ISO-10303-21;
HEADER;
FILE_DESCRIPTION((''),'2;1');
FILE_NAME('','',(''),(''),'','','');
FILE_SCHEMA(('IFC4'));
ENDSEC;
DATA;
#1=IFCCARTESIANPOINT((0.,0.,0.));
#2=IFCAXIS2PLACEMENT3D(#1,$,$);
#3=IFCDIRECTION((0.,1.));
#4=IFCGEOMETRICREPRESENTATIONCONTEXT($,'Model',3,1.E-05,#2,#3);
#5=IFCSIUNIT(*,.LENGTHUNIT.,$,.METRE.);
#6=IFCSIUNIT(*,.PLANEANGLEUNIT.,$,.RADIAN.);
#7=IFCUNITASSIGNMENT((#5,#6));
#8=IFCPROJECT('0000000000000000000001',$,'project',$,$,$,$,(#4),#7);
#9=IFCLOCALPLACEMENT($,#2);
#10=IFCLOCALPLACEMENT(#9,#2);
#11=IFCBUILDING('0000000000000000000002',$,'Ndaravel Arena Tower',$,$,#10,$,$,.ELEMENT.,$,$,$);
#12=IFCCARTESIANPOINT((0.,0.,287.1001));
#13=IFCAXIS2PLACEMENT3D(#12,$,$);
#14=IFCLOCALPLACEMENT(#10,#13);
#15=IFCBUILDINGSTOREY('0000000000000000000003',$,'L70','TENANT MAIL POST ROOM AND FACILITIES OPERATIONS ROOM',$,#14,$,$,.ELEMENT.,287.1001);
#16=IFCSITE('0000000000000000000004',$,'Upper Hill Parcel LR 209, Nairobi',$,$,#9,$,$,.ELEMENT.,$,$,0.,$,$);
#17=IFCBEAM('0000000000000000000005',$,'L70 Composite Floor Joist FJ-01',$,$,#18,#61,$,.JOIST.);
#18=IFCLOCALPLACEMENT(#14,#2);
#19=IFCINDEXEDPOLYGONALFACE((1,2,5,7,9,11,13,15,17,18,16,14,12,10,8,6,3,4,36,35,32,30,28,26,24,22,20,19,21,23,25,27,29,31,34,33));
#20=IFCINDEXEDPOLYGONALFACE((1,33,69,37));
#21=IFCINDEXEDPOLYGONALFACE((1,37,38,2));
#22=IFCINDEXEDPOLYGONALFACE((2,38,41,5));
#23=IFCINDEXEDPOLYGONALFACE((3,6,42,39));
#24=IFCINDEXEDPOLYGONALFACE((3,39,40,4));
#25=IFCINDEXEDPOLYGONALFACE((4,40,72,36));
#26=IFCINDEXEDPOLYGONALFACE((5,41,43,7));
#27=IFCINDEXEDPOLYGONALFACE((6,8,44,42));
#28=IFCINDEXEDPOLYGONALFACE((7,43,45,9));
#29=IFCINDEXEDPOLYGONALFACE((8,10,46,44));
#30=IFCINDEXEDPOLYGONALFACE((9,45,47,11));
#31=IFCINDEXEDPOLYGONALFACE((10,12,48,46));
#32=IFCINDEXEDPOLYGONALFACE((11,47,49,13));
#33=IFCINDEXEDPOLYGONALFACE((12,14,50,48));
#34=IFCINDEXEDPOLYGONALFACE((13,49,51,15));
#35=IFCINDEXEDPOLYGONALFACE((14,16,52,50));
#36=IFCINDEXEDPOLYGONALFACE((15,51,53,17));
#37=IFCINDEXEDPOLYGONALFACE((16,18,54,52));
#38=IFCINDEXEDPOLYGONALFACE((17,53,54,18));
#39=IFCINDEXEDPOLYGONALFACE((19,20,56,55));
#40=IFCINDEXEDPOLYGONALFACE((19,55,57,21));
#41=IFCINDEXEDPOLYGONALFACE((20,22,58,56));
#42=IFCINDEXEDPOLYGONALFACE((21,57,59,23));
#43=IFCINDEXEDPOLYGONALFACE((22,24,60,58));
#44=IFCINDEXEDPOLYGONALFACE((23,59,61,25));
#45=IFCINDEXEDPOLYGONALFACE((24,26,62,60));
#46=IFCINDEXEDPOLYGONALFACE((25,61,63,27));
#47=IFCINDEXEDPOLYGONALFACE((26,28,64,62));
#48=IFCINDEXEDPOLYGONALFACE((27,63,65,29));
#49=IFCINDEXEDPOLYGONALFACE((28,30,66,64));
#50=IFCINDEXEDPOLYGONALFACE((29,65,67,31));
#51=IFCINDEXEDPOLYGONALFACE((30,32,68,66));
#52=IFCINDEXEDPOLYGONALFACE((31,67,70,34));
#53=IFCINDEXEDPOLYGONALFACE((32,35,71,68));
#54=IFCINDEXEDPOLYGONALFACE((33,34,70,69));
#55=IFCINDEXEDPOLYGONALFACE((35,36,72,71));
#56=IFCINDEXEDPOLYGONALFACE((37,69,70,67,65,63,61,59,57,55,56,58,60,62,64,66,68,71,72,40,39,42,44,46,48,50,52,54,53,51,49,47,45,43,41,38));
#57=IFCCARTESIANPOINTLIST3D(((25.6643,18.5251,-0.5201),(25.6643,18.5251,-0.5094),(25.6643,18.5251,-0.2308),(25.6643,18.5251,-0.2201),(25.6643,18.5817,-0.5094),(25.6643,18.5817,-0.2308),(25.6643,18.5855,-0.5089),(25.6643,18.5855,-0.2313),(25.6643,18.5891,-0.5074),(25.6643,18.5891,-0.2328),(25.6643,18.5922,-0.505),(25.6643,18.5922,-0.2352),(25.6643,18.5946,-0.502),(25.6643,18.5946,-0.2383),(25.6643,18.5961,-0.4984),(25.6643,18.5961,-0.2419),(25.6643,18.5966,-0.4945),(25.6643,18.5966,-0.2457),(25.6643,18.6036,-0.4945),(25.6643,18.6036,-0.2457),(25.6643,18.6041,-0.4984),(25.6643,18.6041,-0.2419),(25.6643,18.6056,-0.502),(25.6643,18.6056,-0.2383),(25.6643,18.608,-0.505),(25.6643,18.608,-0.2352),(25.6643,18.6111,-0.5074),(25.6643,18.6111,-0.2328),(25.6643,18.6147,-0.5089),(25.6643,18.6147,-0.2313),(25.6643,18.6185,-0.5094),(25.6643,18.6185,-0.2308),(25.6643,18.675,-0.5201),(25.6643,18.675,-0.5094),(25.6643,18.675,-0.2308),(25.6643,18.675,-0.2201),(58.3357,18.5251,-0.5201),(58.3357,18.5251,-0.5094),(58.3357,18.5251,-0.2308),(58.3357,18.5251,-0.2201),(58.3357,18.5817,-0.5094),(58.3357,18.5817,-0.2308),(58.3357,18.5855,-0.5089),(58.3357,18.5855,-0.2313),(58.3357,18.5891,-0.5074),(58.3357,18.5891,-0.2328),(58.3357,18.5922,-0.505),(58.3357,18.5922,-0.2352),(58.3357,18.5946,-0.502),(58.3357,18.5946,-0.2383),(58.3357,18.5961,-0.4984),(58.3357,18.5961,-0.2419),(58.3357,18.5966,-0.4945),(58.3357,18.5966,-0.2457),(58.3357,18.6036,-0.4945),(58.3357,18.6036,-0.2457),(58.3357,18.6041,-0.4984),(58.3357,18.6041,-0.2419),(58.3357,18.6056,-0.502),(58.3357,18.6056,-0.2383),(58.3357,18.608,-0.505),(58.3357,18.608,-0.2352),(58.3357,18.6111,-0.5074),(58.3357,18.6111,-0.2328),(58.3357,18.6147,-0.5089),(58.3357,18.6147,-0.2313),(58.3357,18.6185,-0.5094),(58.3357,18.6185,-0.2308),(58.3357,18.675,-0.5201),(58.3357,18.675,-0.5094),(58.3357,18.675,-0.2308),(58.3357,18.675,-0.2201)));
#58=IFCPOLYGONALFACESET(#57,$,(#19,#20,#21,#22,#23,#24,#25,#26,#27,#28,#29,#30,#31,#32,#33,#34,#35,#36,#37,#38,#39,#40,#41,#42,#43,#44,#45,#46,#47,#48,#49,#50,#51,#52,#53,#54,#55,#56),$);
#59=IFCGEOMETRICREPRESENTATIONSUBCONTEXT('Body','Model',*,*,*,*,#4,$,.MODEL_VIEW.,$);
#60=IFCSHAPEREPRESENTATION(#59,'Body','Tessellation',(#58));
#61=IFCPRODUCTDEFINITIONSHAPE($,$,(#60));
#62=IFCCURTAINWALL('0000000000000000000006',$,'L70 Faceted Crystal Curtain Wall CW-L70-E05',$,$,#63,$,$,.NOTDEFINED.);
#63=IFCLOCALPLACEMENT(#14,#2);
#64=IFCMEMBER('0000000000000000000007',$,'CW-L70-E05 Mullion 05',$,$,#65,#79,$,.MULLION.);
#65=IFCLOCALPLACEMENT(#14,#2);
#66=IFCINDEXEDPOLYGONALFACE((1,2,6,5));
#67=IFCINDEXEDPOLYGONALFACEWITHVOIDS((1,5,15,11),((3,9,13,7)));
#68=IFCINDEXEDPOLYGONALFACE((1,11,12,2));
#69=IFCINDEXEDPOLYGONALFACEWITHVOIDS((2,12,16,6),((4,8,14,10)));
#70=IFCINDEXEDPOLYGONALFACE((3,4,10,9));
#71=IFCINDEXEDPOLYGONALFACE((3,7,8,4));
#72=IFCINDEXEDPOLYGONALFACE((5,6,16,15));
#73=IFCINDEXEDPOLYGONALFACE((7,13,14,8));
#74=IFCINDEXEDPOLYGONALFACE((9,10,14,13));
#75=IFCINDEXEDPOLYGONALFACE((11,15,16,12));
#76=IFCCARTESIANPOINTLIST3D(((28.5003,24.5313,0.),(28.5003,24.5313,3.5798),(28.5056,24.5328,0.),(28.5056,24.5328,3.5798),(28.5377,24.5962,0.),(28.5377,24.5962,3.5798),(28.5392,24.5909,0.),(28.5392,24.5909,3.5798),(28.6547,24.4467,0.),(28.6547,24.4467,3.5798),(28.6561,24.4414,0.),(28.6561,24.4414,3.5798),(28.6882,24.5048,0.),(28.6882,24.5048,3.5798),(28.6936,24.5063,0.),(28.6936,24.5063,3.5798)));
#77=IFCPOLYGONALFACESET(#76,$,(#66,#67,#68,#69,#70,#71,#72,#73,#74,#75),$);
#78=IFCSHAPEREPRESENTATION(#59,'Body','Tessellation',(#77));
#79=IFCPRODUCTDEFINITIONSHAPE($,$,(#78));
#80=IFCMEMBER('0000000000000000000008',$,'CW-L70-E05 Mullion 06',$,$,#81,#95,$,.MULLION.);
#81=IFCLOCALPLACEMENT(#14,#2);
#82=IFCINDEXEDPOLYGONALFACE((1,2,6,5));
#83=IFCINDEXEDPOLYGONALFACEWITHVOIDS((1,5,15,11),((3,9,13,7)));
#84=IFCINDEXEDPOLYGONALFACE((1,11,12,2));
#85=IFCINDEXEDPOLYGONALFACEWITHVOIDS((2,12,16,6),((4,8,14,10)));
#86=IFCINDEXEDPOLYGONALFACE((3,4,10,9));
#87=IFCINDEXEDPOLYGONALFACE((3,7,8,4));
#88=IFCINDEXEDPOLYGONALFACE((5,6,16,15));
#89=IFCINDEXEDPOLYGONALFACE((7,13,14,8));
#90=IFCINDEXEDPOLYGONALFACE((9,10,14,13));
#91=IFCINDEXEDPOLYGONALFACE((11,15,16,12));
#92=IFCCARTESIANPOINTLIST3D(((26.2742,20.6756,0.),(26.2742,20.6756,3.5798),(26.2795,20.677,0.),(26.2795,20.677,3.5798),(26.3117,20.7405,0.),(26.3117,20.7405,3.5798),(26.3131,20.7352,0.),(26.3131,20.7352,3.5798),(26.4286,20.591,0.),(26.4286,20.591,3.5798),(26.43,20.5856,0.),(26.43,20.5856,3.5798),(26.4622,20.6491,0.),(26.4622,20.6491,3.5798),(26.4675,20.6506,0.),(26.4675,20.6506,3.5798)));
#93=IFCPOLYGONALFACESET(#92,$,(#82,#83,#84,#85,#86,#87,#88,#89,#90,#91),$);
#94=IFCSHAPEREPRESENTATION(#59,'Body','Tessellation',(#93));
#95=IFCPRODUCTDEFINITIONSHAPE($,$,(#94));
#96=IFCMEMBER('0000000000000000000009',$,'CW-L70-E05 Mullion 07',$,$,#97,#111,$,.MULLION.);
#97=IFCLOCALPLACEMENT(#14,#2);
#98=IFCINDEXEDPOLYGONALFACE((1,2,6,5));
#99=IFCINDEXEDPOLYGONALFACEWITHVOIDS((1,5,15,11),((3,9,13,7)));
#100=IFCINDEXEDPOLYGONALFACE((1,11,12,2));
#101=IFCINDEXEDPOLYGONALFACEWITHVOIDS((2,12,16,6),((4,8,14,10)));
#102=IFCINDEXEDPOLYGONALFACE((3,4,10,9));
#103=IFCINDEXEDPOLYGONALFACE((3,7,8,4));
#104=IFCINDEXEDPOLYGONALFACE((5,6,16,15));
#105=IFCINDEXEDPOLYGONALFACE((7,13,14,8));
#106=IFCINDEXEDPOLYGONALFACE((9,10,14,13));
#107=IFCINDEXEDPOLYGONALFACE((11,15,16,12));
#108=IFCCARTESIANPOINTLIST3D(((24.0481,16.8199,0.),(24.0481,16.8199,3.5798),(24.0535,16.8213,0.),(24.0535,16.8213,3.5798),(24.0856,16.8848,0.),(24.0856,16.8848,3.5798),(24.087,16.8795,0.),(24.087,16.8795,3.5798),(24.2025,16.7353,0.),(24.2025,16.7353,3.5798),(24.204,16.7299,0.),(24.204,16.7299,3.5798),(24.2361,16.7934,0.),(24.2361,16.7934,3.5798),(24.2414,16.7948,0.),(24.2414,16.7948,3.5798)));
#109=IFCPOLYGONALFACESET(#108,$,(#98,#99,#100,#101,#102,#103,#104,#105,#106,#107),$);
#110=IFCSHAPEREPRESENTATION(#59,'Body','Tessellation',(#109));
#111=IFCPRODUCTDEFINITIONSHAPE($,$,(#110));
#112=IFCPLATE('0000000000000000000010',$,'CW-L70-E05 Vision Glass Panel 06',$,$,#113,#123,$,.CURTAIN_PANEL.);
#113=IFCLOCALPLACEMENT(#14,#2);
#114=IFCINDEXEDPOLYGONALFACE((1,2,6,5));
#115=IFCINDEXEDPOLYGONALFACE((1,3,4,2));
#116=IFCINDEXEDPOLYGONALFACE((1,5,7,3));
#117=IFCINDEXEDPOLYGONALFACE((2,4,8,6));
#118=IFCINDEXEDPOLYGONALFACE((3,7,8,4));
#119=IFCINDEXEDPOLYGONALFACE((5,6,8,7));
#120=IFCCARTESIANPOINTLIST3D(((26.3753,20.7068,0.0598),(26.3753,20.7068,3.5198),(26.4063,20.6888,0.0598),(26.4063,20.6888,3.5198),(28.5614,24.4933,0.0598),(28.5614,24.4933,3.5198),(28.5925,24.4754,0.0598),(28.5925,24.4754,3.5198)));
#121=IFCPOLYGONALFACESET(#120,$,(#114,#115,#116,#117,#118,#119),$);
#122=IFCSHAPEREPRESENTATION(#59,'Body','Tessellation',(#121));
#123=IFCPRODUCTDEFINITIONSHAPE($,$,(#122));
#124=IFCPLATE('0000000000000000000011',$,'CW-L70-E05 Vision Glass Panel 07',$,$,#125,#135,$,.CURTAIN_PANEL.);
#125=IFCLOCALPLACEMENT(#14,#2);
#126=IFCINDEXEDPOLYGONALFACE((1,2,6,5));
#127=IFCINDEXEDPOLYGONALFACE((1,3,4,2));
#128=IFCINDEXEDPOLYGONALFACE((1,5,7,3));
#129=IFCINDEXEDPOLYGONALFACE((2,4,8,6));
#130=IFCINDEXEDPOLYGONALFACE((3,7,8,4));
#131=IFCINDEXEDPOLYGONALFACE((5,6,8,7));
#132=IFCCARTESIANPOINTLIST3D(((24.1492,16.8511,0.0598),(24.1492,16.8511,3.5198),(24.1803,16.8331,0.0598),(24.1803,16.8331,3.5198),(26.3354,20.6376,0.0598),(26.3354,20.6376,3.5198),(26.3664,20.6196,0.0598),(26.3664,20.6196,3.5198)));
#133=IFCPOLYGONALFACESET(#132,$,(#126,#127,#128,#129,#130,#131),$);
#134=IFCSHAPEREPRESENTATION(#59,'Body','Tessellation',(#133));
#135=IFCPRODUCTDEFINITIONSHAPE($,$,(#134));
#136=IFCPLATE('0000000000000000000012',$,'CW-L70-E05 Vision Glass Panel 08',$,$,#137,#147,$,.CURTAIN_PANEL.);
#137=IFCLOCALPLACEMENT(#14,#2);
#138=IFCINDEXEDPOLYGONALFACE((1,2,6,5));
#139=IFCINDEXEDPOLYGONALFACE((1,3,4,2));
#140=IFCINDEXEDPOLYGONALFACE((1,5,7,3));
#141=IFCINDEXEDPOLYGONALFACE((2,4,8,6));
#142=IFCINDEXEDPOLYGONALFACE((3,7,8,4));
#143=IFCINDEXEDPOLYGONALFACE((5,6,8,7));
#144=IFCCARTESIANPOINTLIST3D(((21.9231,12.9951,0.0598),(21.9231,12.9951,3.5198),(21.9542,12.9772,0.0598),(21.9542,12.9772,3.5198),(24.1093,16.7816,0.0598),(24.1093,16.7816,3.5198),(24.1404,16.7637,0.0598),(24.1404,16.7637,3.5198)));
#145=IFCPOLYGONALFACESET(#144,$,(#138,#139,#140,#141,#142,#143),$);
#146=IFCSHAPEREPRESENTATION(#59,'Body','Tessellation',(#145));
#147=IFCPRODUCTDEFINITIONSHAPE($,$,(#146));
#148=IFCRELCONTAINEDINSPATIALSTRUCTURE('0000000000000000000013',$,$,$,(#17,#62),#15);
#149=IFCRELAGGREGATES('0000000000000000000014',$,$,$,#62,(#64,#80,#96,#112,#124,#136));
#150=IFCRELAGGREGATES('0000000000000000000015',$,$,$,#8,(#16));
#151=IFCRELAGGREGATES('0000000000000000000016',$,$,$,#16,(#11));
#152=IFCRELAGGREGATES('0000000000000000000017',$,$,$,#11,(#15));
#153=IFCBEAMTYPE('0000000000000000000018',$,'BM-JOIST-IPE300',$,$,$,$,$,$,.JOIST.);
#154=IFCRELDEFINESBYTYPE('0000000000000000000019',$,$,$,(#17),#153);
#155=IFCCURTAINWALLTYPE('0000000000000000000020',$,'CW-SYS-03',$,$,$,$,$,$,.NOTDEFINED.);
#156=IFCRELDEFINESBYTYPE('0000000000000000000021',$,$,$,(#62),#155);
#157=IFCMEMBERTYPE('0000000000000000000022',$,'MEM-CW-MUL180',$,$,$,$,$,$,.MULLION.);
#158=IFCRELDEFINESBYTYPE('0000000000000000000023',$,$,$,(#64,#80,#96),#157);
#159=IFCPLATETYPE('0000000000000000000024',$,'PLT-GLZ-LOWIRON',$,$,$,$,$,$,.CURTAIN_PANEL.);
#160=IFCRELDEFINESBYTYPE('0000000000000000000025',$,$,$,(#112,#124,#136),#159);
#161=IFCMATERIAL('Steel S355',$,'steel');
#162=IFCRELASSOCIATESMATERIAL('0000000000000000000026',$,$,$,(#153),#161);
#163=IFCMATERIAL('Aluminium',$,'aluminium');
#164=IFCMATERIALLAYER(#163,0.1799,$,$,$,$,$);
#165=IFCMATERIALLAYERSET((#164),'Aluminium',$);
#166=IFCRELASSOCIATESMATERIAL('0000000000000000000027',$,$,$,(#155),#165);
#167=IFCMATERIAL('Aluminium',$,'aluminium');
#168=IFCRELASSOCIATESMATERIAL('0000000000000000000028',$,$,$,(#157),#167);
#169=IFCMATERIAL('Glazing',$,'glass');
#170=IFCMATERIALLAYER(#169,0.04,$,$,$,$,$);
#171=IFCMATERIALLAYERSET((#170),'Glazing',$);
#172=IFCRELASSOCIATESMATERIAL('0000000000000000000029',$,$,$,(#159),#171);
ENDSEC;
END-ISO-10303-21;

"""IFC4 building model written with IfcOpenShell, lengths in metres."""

from ifc_helpers import new_model, si_unit, direction, frame, origin, origin_2d, place, context, subcontext, project, spatial, rectangle, hollow_rectangle, i_section, extrude, material, layer, layer_set, material_profile, profile_set, type_object, element, aggregate, save


model = new_model("IFC4")

# Units and contexts
model_context = context("Model", 3, precision=1e-05, world=origin(), true_north=direction((0.0, 1.0)))
body_context = subcontext(model_context, "Body", "Model", "MODEL_VIEW")
ifc_project = project(units=[si_unit("LENGTHUNIT", "METRE"), si_unit("PLANEANGLEUNIT", "RADIAN")], contexts=[model_context])

# Site, building, storey
site_placement = place(None, origin())
site = spatial("IfcSite", under=ifc_project, at=site_placement, Name="Upper Hill Parcel LR 209, Nairobi", CompositionType="ELEMENT", RefElevation=0.0)
building_placement = place(site_placement, origin())
building = spatial("IfcBuilding", under=site, at=building_placement, Name="Ndaravel Arena Tower", CompositionType="ELEMENT")
storey_placement = place(building_placement, frame((0.0, 0.0, 287.1001)))
storey = spatial("IfcBuildingStorey", under=building, at=storey_placement, Name="L70", Description="TENANT MAIL POST ROOM AND FACILITIES OPERATIONS ROOM", CompositionType="ELEMENT", Elevation=287.1001)

# Beam
ifc_material_1 = material(Name="Steel S355", Category="steel")
ifc_material_profile_1 = material_profile(ifc_material_1, i_section(OverallWidth=0.1499, OverallDepth=0.3, WebThickness=0.0071, FlangeThickness=0.0107, FilletRadius=0.0149, at=origin_2d()), Name="IPE 300")
ifc_profile_set_1 = profile_set([ifc_material_profile_1], Name="Steel S355")
beam_type = type_object("IfcBeamType", Name="BM-JOIST-IPE300", PredefinedType="JOIST", material=ifc_profile_set_1)
beam_placement = place(storey_placement, frame((25.6643, 18.6001, -0.3701), z_axis=(1.0, 0.0, 0.0), x_axis=(0.0, 1.0, 0.0)))
element("IfcBeam", 1, at=beam_placement, inside=storey, type_object=beam_type, Name="L70 Composite Floor Joist FJ-01", PredefinedType="JOIST", context=body_context, shape_type="SweptSolid", body=[
    extrude(i_section(OverallWidth=0.1499, OverallDepth=0.3, WebThickness=0.0071, FlangeThickness=0.0107, FilletRadius=0.0149, at=origin_2d()), origin(), (0.0, 0.0, 1.0), 32.6714),
])

# Curtain wall, members, plates
ifc_material_2 = material(Name="Aluminium", Category="aluminium")
ifc_layer_1 = layer(ifc_material_2, 0.1799)
ifc_layer_set_1 = layer_set([ifc_layer_1], Name="Aluminium")
curtain_wall_type = type_object("IfcCurtainWallType", Name="CW-SYS-03", PredefinedType="NOTDEFINED", material=ifc_layer_set_1)
curtain_wall_placement = place(storey_placement, origin())
curtain_wall = element("IfcCurtainWall", 2, at=curtain_wall_placement, inside=storey, type_object=curtain_wall_type, Name="L70 Faceted Crystal Curtain Wall CW-L70-E05", PredefinedType="NOTDEFINED")
ifc_material_3 = material(Name="Aluminium", Category="aluminium")
ifc_material_profile_2 = material_profile(ifc_material_3, hollow_rectangle(XDim=0.075, YDim=0.1799, WallThickness=0.0039, at=origin_2d()), Name="CW MULLION 75x180x4")
ifc_profile_set_2 = profile_set([ifc_material_profile_2], Name="Aluminium")
member_type = type_object("IfcMemberType", Name="MEM-CW-MUL180", PredefinedType="MULLION", material=ifc_profile_set_2)
member_1_placement = place(storey_placement, frame((28.5969, 24.5188, 0.0), z_axis=(0.0, 0.0, 1.0), x_axis=(-0.5, -0.866025, 0.0)))
member_1 = element("IfcMember", 3, at=member_1_placement, type_object=member_type, Name="CW-L70-E05 Mullion 05", PredefinedType="MULLION", context=body_context, shape_type="SweptSolid", body=[
    extrude(hollow_rectangle(XDim=0.075, YDim=0.1799, WallThickness=0.0039, at=origin_2d()), origin(), (0.0, 0.0, 1.0), 3.5798),
])
member_2_placement = place(storey_placement, frame((26.3708, 20.6631, 0.0), z_axis=(0.0, 0.0, 1.0), x_axis=(-0.5, -0.866025, 0.0)))
member_2 = element("IfcMember", 4, at=member_2_placement, type_object=member_type, Name="CW-L70-E05 Mullion 06", PredefinedType="MULLION", context=body_context, shape_type="SweptSolid", body=[
    extrude(hollow_rectangle(XDim=0.075, YDim=0.1799, WallThickness=0.0039, at=origin_2d()), origin(), (0.0, 0.0, 1.0), 3.5798),
])
member_3_placement = place(storey_placement, frame((24.1448, 16.8074, 0.0), z_axis=(0.0, 0.0, 1.0), x_axis=(-0.5, -0.866025, 0.0)))
member_3 = element("IfcMember", 5, at=member_3_placement, type_object=member_type, Name="CW-L70-E05 Mullion 07", PredefinedType="MULLION", context=body_context, shape_type="SweptSolid", body=[
    extrude(hollow_rectangle(XDim=0.075, YDim=0.1799, WallThickness=0.0039, at=origin_2d()), origin(), (0.0, 0.0, 1.0), 3.5798),
])
ifc_material_4 = material(Name="Glazing", Category="glass")
ifc_layer_2 = layer(ifc_material_4, 0.04)
ifc_layer_set_2 = layer_set([ifc_layer_2], Name="Glazing")
plate_type = type_object("IfcPlateType", Name="PLT-GLZ-LOWIRON", PredefinedType="CURTAIN_PANEL", material=ifc_layer_set_2)
plate_1_placement = place(storey_placement, frame((27.4839, 22.5911, 0.0598), z_axis=(0.0, 0.0, 1.0), x_axis=(-0.5, -0.866025, 0.0)))
plate_1 = element("IfcPlate", 6, at=plate_1_placement, type_object=plate_type, Name="CW-L70-E05 Vision Glass Panel 06", PredefinedType="CURTAIN_PANEL", context=body_context, shape_type="SweptSolid", body=[
    extrude(rectangle(XDim=4.3723, YDim=0.0359, at=origin_2d()), origin(), (0.0, 0.0, 1.0), 3.46),
])
plate_2_placement = place(storey_placement, frame((25.2578, 18.7354, 0.0598), z_axis=(0.0, 0.0, 1.0), x_axis=(-0.5, -0.866025, 0.0)))
plate_2 = element("IfcPlate", 7, at=plate_2_placement, type_object=plate_type, Name="CW-L70-E05 Vision Glass Panel 07", PredefinedType="CURTAIN_PANEL", context=body_context, shape_type="SweptSolid", body=[
    extrude(rectangle(XDim=4.3723, YDim=0.0359, at=origin_2d()), origin(), (0.0, 0.0, 1.0), 3.46),
])
plate_3_placement = place(storey_placement, frame((23.0317, 14.8794, 0.0598), z_axis=(0.0, 0.0, 1.0), x_axis=(-0.5, -0.866025, 0.0)))
plate_3 = element("IfcPlate", 8, at=plate_3_placement, type_object=plate_type, Name="CW-L70-E05 Vision Glass Panel 08", PredefinedType="CURTAIN_PANEL", context=body_context, shape_type="SweptSolid", body=[
    extrude(rectangle(XDim=4.3723, YDim=0.0359, at=origin_2d()), origin(), (0.0, 0.0, 1.0), 3.46),
])
aggregate(curtain_wall, [member_1, member_2, member_3, plate_1, plate_2, plate_3])

save(model, "model.ifc")
